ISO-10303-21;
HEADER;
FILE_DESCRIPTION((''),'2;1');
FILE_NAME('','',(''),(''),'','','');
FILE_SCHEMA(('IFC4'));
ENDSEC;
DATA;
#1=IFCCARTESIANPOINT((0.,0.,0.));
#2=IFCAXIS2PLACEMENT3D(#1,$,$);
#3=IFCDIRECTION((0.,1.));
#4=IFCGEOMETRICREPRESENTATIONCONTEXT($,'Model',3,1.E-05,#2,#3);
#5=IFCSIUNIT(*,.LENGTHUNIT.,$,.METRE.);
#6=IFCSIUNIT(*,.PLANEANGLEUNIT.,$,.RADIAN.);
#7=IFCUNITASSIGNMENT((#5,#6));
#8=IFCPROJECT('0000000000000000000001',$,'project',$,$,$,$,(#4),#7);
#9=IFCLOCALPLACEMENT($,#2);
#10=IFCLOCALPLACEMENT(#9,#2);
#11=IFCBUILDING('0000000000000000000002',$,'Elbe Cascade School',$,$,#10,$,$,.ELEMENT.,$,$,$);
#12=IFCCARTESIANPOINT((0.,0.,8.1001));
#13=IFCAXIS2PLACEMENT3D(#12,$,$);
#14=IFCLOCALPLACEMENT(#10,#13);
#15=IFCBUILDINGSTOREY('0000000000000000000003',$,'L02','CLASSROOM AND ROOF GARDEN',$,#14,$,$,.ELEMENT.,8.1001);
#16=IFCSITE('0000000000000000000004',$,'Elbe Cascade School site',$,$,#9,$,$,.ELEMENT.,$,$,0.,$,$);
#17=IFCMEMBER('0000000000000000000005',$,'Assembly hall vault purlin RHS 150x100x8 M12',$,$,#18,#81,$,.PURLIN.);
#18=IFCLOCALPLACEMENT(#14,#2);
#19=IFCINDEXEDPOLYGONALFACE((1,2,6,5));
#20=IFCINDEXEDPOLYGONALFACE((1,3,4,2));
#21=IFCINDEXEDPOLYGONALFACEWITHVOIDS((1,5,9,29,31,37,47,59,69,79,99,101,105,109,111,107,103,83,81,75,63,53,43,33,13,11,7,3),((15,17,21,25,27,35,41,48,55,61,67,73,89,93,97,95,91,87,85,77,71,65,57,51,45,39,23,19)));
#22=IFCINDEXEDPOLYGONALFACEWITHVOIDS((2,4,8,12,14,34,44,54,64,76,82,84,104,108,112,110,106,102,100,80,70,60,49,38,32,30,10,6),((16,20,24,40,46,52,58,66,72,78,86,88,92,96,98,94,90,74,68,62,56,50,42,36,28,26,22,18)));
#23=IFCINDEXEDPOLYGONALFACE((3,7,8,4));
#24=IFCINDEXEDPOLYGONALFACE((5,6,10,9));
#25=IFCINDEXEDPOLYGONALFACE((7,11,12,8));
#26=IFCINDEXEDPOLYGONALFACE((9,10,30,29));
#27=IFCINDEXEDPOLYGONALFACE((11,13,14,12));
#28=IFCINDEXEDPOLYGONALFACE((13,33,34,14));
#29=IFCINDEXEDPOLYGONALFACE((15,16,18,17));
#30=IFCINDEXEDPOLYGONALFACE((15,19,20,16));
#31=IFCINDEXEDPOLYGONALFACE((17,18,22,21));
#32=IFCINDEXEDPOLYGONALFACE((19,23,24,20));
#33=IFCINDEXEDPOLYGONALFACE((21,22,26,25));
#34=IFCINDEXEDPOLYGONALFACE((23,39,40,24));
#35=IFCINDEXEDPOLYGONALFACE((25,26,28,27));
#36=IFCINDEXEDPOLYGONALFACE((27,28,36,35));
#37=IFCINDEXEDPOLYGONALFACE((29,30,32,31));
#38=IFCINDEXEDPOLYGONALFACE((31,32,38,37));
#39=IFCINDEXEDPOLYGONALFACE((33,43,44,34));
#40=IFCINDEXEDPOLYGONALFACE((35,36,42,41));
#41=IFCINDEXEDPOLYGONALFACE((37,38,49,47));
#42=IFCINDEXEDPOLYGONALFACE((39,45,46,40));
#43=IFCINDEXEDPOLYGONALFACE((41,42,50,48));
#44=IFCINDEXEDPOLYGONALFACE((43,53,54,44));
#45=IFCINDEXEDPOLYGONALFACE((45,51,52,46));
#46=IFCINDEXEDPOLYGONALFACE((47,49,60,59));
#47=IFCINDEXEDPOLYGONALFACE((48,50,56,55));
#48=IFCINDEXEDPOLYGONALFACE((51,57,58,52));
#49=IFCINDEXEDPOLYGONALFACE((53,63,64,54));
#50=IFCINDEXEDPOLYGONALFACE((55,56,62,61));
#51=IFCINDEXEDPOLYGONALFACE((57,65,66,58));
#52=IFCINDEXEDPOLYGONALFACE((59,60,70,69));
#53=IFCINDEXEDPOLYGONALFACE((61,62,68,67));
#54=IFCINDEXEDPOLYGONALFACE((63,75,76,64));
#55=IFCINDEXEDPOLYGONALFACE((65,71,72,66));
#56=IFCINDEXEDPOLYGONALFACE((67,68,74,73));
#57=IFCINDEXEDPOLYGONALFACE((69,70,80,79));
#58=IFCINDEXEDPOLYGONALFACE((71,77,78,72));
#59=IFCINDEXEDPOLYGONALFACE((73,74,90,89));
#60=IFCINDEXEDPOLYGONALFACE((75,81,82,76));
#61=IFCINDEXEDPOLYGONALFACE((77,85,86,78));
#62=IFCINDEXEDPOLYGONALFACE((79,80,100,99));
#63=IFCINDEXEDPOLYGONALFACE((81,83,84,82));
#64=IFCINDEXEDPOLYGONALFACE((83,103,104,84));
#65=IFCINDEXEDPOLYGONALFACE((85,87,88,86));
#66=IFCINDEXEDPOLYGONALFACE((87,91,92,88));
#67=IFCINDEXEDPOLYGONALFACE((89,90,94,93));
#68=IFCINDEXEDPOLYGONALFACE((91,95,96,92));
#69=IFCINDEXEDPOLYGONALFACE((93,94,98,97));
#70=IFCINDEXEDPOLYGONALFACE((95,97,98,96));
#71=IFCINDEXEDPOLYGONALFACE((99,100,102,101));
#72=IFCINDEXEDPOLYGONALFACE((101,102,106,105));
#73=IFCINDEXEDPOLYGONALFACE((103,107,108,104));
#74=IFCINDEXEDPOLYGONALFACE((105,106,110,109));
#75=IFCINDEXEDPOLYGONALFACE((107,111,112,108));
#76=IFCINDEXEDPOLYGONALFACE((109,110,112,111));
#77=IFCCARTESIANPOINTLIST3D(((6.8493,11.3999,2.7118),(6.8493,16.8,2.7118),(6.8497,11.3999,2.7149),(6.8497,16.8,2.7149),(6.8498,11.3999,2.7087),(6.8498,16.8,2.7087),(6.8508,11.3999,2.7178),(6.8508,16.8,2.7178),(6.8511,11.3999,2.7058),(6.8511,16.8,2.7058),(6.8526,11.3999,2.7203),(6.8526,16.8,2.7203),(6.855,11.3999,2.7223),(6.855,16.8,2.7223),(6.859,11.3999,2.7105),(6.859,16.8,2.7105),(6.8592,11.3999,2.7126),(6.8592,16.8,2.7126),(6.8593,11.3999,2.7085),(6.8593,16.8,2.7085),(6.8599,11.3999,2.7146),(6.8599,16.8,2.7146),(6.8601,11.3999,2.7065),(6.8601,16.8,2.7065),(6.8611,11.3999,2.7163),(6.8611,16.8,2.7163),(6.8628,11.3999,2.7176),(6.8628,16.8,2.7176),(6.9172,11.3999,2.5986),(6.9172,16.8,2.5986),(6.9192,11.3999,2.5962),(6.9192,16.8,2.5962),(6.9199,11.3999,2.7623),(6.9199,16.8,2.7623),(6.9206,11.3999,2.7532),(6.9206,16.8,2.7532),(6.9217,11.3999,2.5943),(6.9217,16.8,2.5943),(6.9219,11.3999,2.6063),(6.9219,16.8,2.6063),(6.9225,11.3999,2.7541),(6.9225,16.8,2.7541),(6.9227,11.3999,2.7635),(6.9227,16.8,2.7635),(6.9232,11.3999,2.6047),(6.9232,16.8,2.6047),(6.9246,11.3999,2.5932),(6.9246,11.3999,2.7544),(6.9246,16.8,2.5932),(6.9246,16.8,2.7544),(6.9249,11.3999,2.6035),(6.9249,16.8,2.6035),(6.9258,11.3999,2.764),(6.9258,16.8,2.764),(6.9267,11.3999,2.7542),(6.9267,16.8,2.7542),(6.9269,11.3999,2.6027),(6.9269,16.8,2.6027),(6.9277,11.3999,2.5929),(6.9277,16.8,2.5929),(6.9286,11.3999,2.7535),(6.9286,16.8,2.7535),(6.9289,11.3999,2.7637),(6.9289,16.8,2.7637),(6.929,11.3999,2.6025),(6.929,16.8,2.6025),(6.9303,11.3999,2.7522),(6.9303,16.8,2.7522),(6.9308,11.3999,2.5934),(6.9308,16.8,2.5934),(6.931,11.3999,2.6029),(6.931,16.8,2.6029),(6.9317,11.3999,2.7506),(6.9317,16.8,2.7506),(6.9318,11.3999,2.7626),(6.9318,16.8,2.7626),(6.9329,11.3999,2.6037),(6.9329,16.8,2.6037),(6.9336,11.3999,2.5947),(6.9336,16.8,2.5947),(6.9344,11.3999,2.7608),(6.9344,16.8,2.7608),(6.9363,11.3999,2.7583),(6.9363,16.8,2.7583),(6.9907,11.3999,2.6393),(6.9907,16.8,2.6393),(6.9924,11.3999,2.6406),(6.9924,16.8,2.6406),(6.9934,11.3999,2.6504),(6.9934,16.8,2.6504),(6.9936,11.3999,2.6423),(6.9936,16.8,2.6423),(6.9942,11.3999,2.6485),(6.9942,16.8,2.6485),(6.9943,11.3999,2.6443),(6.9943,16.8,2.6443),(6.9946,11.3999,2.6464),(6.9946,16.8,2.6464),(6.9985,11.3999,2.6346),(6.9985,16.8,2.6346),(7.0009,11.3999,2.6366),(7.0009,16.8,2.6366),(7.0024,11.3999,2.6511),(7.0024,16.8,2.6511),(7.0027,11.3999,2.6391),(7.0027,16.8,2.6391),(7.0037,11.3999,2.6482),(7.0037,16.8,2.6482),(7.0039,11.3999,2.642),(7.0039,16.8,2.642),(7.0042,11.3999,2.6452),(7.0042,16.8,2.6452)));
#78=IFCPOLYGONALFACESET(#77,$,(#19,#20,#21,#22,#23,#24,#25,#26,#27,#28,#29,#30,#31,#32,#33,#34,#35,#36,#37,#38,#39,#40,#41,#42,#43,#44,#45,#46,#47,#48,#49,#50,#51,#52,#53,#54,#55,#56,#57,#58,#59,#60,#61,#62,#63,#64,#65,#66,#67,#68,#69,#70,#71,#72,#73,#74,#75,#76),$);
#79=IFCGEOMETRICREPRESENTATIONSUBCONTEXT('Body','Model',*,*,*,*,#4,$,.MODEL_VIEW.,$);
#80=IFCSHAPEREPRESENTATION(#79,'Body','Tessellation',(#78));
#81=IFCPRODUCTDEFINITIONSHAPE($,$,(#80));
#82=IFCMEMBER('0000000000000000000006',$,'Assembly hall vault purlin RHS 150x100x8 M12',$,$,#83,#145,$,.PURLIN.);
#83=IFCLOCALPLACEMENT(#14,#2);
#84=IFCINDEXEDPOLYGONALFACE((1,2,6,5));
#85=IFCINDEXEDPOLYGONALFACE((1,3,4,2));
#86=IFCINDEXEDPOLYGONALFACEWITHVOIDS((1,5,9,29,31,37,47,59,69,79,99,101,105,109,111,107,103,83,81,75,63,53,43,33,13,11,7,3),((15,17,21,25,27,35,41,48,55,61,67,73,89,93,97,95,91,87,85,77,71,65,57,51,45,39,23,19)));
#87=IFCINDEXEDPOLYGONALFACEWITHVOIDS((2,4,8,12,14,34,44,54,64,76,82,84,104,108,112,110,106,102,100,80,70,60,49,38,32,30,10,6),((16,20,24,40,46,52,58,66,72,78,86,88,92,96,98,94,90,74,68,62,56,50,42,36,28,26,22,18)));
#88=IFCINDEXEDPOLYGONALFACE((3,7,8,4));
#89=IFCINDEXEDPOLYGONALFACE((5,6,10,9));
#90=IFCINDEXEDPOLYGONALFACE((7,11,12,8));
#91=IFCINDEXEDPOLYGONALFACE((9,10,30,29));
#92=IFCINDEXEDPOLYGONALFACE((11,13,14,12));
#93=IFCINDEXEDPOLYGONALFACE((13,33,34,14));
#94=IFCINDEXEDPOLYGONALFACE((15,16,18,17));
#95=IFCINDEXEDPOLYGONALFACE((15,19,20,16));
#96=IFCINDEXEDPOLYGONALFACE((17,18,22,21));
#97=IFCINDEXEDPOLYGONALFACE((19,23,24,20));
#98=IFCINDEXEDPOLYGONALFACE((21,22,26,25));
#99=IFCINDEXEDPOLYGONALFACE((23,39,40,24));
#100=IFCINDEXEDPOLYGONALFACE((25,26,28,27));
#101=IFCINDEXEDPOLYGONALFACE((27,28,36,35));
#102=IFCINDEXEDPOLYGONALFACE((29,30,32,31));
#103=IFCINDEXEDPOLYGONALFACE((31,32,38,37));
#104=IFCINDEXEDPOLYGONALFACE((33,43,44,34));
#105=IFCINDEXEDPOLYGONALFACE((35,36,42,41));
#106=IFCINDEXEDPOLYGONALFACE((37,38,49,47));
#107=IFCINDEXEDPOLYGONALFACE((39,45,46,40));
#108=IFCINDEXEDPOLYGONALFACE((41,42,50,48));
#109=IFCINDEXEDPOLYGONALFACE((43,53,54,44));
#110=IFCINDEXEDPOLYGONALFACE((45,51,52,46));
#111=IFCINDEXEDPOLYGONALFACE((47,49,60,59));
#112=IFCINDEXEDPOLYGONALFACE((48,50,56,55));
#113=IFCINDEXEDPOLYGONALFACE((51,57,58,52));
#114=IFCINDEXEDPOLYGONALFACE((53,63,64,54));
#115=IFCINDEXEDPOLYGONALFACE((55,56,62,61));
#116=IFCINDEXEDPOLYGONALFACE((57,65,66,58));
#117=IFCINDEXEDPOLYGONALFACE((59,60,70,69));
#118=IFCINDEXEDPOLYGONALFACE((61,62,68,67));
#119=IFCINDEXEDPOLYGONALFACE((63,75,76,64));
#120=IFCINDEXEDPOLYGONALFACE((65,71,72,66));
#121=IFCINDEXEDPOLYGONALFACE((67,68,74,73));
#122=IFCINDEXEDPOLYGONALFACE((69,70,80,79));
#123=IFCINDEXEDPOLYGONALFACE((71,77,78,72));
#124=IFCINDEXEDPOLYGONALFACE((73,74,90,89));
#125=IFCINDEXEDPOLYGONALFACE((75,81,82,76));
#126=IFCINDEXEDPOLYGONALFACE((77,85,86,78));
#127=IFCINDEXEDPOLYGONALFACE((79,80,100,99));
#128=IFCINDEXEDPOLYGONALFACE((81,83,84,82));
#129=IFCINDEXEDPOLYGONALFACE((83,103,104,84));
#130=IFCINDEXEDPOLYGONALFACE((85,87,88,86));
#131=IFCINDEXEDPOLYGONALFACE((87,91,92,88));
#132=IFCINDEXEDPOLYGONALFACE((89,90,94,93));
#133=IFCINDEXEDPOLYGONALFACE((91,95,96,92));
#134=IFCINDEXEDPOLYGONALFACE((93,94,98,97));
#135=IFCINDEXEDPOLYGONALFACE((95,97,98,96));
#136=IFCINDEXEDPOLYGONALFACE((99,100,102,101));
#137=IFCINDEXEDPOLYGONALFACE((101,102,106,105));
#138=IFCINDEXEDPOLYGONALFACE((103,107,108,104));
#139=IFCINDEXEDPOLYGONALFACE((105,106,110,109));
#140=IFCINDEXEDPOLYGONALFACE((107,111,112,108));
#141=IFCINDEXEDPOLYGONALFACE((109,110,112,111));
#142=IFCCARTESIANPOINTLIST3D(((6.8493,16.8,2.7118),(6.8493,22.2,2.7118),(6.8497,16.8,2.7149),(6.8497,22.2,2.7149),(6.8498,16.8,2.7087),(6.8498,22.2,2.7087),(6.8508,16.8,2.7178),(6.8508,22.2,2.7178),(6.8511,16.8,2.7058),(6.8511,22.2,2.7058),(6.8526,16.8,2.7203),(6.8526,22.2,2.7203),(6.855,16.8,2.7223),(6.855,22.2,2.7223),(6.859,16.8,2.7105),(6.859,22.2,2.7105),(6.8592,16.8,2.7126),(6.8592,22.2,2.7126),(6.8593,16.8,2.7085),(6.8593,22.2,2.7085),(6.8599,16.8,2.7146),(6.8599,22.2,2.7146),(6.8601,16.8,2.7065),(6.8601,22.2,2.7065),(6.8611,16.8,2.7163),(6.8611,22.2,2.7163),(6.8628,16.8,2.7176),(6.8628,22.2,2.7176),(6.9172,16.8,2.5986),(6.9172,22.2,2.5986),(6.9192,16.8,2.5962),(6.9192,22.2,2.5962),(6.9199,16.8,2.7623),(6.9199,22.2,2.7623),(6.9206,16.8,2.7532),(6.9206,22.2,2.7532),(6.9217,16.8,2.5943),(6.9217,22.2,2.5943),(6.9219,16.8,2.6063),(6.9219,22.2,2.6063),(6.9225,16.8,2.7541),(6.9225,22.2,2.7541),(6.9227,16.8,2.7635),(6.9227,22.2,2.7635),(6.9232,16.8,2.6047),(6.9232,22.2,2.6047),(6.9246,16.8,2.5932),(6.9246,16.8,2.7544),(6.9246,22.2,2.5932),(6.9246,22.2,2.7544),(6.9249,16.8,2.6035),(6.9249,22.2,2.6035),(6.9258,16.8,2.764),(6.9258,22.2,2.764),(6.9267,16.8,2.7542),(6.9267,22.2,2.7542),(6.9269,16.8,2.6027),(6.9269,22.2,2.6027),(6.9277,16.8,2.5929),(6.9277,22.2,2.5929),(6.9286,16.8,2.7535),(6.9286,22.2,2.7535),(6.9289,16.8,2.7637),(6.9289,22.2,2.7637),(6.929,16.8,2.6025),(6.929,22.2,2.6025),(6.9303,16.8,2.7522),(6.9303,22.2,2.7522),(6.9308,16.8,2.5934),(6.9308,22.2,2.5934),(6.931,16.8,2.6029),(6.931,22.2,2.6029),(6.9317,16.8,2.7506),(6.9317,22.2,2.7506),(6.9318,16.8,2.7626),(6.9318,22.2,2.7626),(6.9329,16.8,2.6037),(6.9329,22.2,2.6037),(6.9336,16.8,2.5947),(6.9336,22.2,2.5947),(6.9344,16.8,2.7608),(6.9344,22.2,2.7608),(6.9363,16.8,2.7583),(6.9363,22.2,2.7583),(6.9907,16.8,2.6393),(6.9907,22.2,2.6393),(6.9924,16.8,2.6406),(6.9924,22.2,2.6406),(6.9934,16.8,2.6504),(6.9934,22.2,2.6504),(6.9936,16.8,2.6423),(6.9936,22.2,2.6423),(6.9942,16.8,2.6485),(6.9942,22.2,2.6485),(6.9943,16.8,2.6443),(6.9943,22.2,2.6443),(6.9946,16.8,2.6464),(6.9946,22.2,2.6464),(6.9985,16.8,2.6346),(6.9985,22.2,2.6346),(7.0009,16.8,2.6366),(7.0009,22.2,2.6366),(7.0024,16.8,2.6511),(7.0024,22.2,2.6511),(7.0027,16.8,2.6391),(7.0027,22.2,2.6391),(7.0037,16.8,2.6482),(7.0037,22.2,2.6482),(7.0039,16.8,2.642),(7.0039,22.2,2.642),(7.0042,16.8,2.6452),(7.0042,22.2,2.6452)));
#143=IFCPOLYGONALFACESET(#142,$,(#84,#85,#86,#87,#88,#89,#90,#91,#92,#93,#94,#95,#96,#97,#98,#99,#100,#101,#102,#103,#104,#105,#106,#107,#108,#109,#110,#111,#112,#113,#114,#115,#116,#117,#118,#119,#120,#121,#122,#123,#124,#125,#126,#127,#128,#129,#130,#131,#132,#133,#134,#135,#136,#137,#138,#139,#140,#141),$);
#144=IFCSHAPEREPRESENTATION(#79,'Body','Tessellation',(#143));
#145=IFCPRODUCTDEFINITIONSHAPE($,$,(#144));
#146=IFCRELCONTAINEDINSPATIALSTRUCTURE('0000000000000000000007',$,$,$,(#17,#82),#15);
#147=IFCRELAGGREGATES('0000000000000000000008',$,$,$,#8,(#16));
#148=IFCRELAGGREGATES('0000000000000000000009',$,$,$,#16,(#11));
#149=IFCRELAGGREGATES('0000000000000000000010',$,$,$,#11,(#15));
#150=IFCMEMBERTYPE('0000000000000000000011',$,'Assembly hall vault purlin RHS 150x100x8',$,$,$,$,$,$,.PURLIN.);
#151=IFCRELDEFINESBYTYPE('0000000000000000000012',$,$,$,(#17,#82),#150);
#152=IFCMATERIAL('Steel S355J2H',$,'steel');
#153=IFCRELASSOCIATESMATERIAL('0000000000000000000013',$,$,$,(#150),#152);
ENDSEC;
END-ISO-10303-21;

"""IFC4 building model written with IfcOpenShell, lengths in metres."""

from ifc_helpers import new_model, si_unit, direction, frame, origin, origin_2d, place, context, subcontext, project, spatial, hollow_rectangle, extrude, material, material_profile, profile_set, type_object, element, save


model = new_model("IFC4")

# Units and contexts
model_context = context("Model", 3, precision=1e-05, world=origin(), true_north=direction((0.0, 1.0)))
body_context = subcontext(model_context, "Body", "Model", "MODEL_VIEW")
ifc_project = project(units=[si_unit("LENGTHUNIT", "METRE"), si_unit("PLANEANGLEUNIT", "RADIAN")], contexts=[model_context])

# Site, building, storey
site_placement = place(None, origin())
site = spatial("IfcSite", under=ifc_project, at=site_placement, Name="Elbe Cascade School site", CompositionType="ELEMENT", RefElevation=0.0)
building_placement = place(site_placement, origin())
building = spatial("IfcBuilding", under=site, at=building_placement, Name="Elbe Cascade School", CompositionType="ELEMENT")
storey_placement = place(building_placement, frame((0.0, 0.0, 8.1001)))
storey = spatial("IfcBuildingStorey", under=building, at=storey_placement, Name="L02", Description="CLASSROOM AND ROOF GARDEN", CompositionType="ELEMENT", Elevation=8.1001)

# Members
ifc_material_1 = material(Name="Steel S355J2H", Category="steel")
ifc_material_profile_1 = material_profile(ifc_material_1, hollow_rectangle(XDim=0.1001, YDim=0.1499, WallThickness=0.0081, InnerFilletRadius=0.0081, OuterFilletRadius=0.012, at=origin_2d()), Name="RHS 150x100x8")
ifc_profile_set_1 = profile_set([ifc_material_profile_1], Name="Steel S355J2H")
member_type_1 = type_object("IfcMemberType", Name="Assembly hall vault purlin RHS 150x100x8", PredefinedType="PURLIN", material=ifc_profile_set_1)
member_1_placement = place(storey_placement, frame((6.9268, 11.3999, 2.6785), z_axis=(0.0, 1.0, 0.0), x_axis=(-0.851433, 0.0, -0.524463)))
element("IfcMember", 1, at=member_1_placement, inside=storey, type_object=member_type_1, Name="Assembly hall vault purlin RHS 150x100x8 M12", PredefinedType="PURLIN", context=body_context, shape_type="SweptSolid", body=[
    extrude(hollow_rectangle(XDim=0.1001, YDim=0.1499, WallThickness=0.0081, InnerFilletRadius=0.0081, OuterFilletRadius=0.012, at=origin_2d()), origin(), (0.0, 0.0, 1.0), 5.4001),
])
member_2_placement = place(storey_placement, frame((6.9268, 16.8, 2.6785), z_axis=(0.0, 1.0, 0.0), x_axis=(-0.851433, 0.0, -0.524463)))
element("IfcMember", 2, at=member_2_placement, inside=storey, type_object=member_type_1, Name="Assembly hall vault purlin RHS 150x100x8 M12", PredefinedType="PURLIN", context=body_context, shape_type="SweptSolid", body=[
    extrude(hollow_rectangle(XDim=0.1001, YDim=0.1499, WallThickness=0.0081, InnerFilletRadius=0.0081, OuterFilletRadius=0.012, at=origin_2d()), origin(), (0.0, 0.0, 1.0), 5.3999),
])

save(model, "model.ifc")
